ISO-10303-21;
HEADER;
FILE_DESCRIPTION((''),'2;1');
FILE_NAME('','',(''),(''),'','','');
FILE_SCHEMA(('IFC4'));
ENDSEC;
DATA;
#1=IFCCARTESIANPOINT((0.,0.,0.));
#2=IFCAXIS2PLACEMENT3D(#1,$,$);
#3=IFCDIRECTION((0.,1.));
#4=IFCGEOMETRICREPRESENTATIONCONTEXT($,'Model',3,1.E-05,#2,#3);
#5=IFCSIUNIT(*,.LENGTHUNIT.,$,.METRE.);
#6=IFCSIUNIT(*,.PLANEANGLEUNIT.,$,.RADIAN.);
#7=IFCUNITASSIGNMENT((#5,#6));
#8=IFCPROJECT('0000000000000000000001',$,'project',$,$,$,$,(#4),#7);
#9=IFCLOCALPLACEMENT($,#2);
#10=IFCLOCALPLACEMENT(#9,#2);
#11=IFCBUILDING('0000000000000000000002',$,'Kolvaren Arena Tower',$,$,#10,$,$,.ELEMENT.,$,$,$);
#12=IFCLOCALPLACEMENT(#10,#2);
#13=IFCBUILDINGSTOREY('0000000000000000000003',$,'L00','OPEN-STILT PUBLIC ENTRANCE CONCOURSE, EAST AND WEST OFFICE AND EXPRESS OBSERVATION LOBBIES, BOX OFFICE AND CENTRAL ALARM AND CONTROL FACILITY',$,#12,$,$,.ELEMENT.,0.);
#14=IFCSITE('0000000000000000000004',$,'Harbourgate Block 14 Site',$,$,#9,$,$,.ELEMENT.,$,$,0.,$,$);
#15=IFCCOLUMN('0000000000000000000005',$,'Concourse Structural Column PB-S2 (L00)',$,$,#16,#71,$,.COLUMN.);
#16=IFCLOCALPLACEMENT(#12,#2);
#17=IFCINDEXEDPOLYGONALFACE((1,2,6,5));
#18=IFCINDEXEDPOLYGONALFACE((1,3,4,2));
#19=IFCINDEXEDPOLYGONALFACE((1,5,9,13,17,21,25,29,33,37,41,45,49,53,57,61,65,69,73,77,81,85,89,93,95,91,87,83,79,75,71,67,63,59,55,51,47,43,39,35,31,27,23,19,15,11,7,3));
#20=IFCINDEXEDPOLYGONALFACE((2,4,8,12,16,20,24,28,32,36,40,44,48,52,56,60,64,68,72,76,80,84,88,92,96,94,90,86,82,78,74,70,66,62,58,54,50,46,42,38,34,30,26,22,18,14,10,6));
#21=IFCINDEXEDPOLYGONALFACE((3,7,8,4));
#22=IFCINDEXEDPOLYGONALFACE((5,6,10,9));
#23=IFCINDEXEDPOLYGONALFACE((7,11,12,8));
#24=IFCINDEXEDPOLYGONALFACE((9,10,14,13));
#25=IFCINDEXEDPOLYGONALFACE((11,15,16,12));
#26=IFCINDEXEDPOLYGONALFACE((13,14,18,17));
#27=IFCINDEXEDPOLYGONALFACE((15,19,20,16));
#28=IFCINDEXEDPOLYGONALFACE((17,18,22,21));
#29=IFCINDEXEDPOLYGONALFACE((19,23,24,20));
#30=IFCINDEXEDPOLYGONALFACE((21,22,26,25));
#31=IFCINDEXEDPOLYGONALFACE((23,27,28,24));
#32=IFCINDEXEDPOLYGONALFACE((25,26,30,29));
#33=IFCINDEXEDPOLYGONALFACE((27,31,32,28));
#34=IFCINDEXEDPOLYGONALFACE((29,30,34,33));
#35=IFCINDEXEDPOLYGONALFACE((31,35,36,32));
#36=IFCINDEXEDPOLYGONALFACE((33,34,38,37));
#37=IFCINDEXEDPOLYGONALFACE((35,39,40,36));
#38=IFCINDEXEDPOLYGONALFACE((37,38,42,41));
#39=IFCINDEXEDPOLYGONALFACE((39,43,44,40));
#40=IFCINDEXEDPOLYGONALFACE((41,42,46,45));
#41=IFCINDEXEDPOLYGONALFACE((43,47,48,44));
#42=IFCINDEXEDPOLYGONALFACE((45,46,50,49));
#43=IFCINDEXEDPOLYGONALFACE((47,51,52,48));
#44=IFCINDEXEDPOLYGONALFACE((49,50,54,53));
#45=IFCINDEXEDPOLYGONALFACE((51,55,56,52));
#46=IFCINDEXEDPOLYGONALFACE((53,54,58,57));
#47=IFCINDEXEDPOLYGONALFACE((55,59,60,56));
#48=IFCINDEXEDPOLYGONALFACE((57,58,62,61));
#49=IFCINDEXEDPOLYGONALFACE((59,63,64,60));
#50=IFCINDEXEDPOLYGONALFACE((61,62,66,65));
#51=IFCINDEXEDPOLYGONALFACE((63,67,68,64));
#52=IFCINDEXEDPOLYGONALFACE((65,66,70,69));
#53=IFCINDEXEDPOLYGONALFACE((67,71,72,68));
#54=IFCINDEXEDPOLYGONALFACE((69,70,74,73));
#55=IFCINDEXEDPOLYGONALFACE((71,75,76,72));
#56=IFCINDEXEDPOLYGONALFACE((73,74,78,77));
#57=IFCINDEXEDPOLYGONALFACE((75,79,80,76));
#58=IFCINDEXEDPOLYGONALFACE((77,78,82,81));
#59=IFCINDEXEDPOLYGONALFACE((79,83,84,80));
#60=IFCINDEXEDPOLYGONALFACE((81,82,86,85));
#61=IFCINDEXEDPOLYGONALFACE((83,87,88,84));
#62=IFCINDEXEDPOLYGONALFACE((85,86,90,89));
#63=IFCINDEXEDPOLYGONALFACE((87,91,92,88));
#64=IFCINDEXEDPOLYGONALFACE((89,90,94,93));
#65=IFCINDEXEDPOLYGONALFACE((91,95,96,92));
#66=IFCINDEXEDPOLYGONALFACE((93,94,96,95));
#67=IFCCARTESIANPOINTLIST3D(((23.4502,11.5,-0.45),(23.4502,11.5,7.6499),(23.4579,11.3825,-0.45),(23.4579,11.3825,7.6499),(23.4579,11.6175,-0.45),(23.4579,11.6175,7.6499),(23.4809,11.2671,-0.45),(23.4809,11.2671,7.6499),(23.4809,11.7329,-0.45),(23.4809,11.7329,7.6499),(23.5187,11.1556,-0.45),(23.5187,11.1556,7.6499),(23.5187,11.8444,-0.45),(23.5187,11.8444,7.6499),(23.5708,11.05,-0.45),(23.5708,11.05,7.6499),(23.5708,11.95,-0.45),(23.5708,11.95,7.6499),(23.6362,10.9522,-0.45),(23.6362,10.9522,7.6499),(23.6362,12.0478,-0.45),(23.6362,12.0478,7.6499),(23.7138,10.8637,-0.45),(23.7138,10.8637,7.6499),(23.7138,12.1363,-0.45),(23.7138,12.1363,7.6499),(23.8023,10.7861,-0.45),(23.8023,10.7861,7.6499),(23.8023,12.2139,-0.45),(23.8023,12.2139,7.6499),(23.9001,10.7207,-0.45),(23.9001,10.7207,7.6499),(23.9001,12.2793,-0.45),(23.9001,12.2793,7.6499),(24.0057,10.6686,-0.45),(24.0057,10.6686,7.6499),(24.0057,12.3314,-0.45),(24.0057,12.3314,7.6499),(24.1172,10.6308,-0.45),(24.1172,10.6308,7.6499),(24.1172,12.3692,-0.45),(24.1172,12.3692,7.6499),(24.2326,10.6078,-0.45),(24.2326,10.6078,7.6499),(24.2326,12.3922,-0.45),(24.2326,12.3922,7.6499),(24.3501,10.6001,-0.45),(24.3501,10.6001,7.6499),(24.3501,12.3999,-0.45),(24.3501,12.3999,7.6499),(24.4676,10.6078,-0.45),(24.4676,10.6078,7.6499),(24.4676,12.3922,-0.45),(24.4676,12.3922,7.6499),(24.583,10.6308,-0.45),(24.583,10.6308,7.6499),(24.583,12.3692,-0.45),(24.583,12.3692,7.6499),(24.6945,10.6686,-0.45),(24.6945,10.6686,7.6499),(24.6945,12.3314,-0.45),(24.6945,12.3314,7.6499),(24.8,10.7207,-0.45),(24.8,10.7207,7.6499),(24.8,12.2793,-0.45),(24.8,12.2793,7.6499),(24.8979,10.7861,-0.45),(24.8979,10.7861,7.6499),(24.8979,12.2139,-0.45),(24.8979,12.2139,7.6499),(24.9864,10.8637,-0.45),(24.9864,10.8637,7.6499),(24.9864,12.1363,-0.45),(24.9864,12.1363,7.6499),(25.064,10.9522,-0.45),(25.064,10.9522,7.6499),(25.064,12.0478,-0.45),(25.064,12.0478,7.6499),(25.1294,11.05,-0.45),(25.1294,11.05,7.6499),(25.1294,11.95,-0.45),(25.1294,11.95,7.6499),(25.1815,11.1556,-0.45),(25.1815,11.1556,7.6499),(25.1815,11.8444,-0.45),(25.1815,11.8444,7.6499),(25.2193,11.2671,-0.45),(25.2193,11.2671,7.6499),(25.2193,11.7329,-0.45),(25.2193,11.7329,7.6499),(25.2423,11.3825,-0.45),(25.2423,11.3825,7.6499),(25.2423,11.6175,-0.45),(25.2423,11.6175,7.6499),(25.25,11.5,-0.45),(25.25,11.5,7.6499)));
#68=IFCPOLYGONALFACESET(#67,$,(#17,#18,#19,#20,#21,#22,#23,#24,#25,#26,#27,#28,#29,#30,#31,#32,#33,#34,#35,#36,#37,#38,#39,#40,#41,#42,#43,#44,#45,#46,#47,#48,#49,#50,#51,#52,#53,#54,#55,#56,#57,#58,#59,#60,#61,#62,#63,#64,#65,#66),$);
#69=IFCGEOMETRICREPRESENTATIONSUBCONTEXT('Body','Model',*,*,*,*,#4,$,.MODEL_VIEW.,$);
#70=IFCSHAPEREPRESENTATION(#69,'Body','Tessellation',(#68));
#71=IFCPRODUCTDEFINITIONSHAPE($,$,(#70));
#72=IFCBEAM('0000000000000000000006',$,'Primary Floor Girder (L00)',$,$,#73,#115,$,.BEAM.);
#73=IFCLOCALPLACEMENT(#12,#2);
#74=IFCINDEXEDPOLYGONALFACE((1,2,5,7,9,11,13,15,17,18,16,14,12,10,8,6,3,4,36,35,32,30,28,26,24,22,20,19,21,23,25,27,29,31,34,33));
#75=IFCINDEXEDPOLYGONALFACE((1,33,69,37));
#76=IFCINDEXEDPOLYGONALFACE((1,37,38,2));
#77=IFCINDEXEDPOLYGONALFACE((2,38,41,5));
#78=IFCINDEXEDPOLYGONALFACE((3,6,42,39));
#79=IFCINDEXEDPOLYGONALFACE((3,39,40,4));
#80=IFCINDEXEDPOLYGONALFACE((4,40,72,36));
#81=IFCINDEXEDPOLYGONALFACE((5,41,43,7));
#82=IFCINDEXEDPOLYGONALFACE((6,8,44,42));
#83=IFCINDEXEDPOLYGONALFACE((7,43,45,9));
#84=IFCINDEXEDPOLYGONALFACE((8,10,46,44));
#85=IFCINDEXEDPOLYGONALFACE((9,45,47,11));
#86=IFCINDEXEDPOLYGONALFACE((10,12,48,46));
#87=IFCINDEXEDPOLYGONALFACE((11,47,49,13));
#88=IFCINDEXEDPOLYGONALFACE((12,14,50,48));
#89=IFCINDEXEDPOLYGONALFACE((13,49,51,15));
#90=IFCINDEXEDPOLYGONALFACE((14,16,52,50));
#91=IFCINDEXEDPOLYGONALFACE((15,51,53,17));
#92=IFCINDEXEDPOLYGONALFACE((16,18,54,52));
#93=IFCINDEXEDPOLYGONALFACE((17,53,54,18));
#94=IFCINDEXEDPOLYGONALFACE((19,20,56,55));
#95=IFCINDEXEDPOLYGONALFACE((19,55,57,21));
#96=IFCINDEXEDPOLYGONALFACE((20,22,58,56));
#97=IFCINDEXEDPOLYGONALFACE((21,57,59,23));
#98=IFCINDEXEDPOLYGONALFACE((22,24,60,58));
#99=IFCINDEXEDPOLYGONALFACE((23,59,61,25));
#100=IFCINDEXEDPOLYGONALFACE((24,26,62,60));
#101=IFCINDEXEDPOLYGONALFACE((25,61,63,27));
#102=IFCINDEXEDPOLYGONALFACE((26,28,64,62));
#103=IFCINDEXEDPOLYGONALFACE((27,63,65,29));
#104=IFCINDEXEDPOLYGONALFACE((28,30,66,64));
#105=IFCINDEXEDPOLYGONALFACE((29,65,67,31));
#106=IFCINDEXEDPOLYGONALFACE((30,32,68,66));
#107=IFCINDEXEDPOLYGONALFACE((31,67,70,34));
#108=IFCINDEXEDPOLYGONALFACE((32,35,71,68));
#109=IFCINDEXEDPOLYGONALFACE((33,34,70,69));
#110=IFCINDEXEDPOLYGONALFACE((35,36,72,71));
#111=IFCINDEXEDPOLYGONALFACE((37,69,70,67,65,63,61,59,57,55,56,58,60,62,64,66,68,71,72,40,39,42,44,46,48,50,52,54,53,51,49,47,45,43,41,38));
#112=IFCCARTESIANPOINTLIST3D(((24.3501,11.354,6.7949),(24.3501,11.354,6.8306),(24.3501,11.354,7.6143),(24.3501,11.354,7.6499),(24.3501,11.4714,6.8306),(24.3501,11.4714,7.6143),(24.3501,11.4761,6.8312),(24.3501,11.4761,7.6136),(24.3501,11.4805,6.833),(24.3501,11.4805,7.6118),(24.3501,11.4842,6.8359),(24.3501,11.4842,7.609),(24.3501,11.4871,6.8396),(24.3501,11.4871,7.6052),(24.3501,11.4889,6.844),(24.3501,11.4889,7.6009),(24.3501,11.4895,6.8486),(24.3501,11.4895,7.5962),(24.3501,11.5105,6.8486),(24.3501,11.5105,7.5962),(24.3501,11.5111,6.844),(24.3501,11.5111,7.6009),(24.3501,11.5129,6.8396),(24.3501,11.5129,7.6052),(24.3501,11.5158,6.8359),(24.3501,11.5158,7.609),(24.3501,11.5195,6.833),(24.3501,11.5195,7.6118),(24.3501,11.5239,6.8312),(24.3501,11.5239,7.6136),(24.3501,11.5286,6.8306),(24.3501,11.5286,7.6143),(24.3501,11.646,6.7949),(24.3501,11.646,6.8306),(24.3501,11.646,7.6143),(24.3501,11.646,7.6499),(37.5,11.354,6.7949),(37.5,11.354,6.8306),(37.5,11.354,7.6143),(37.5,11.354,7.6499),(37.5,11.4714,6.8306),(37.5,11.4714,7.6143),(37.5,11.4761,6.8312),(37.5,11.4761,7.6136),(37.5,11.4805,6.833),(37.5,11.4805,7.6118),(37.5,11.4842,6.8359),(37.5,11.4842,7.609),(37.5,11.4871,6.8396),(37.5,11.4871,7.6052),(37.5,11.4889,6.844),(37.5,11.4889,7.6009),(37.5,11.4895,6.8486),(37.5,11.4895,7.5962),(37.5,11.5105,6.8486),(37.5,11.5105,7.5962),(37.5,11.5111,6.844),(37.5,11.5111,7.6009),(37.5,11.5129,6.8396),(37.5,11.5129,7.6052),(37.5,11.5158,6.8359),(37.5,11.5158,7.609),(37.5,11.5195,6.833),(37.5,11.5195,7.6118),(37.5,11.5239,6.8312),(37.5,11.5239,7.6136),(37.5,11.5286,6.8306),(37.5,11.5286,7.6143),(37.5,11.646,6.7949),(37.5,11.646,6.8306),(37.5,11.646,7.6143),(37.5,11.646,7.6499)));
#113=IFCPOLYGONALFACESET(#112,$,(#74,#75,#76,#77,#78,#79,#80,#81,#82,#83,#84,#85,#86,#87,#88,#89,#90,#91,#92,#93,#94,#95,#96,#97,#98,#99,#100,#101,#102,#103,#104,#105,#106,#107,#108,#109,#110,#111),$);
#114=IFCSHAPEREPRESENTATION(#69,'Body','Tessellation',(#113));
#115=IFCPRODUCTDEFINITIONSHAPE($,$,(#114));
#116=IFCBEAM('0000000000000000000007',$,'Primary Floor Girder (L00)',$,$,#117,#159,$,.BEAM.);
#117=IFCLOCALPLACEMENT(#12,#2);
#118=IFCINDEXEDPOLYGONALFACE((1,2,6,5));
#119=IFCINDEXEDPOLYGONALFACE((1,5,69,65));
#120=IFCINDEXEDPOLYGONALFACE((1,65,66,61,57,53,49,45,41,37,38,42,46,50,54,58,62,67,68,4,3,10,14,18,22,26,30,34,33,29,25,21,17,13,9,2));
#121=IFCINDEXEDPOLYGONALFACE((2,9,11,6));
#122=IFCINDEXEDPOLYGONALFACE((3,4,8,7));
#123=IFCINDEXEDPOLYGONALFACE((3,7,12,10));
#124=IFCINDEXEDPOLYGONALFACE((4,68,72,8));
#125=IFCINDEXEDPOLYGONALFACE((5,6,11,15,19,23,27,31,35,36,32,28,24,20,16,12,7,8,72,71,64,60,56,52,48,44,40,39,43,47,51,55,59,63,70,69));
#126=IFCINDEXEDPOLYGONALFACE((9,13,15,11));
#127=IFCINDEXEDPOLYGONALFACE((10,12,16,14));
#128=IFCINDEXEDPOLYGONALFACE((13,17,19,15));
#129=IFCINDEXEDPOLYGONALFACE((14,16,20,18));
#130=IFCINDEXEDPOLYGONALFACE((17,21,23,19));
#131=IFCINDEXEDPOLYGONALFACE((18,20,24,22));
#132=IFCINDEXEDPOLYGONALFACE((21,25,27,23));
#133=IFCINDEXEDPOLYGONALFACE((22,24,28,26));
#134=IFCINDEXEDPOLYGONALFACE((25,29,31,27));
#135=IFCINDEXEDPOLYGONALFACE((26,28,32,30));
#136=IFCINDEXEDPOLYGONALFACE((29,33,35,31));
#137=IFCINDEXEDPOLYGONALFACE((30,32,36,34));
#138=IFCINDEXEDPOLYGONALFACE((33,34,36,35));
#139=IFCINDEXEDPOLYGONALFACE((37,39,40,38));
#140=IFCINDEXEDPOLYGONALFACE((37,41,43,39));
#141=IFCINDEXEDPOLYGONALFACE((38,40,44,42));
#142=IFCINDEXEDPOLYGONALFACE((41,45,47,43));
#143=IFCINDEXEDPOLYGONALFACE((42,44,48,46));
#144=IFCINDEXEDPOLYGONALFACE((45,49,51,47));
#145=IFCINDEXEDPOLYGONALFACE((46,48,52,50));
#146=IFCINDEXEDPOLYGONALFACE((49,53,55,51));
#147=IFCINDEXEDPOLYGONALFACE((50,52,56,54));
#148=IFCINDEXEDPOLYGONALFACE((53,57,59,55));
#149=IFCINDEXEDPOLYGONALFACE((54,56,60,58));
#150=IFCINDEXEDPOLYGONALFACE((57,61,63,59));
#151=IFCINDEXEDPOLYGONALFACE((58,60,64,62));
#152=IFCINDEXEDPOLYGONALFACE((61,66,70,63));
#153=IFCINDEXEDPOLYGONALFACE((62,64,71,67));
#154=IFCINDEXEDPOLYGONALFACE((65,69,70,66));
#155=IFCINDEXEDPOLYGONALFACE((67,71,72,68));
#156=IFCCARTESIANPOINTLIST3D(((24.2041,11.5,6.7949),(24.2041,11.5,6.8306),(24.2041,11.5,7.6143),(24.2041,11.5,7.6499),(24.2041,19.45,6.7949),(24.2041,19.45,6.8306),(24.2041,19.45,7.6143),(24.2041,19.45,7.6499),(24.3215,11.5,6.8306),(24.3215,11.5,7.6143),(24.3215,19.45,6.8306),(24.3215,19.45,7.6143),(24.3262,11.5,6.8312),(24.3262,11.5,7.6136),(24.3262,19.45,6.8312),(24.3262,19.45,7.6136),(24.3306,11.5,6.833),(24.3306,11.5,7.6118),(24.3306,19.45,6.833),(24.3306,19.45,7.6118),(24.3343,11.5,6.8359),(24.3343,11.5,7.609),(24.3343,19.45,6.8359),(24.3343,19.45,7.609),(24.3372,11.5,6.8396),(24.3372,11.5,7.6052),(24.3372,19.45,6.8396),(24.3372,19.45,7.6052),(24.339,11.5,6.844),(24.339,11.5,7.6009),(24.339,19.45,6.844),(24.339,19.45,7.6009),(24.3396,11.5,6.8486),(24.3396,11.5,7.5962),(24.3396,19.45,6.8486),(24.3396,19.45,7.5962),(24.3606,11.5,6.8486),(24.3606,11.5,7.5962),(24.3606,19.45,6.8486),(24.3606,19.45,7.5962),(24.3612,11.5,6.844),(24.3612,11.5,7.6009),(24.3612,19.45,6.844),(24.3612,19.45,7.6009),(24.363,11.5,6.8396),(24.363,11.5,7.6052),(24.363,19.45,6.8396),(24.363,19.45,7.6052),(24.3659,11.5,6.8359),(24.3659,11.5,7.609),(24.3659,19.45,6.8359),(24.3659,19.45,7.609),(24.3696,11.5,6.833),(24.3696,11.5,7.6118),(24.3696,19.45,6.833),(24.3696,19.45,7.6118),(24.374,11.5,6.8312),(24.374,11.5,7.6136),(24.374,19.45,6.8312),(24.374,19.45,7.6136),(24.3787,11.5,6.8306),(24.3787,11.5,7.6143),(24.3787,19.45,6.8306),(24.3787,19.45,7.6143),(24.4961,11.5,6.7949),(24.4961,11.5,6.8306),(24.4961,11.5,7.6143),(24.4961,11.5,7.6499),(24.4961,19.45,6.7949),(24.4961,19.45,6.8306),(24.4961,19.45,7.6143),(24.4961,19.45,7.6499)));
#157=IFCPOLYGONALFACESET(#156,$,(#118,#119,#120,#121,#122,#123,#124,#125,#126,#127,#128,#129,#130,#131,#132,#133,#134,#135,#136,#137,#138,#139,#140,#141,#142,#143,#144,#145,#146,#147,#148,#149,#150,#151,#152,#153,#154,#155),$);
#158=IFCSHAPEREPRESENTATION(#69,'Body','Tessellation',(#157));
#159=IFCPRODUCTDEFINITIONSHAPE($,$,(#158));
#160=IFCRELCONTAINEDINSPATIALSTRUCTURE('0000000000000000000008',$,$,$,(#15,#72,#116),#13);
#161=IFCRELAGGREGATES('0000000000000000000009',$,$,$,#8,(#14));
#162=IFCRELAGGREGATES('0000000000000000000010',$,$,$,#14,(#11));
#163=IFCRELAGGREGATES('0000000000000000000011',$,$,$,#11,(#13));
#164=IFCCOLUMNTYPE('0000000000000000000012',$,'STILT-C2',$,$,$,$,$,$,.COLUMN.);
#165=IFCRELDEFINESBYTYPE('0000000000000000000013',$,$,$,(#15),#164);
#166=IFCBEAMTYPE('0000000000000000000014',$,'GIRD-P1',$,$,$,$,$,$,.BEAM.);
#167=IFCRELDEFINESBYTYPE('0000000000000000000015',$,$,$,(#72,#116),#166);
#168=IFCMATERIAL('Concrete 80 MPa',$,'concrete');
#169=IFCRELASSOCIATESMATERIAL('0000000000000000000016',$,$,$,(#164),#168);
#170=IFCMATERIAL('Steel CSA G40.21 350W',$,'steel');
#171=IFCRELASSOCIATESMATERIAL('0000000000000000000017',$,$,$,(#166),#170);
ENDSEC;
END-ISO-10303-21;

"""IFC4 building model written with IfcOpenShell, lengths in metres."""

from ifc_helpers import new_model, si_unit, direction, frame, origin, origin_2d, place, context, subcontext, project, spatial, circle, i_section, extrude, material, material_profile, profile_set, type_object, element, save


model = new_model("IFC4")

# Units and contexts
model_context = context("Model", 3, precision=1e-05, world=origin(), true_north=direction((0.0, 1.0)))
body_context = subcontext(model_context, "Body", "Model", "MODEL_VIEW")
ifc_project = project(units=[si_unit("LENGTHUNIT", "METRE"), si_unit("PLANEANGLEUNIT", "RADIAN")], contexts=[model_context])

# Site, building, storey
site_placement = place(None, origin())
site = spatial("IfcSite", under=ifc_project, at=site_placement, Name="Harbourgate Block 14 Site", CompositionType="ELEMENT", RefElevation=0.0)
building_placement = place(site_placement, origin())
building = spatial("IfcBuilding", under=site, at=building_placement, Name="Kolvaren Arena Tower", CompositionType="ELEMENT")
storey_placement = place(building_placement, origin())
storey = spatial("IfcBuildingStorey", under=building, at=storey_placement, Name="L00", Description="OPEN-STILT PUBLIC ENTRANCE CONCOURSE, EAST AND WEST OFFICE AND EXPRESS OBSERVATION LOBBIES, BOX OFFICE AND CENTRAL ALARM AND CONTROL FACILITY", CompositionType="ELEMENT", Elevation=0.0)

# Column
ifc_material_1 = material(Name="Concrete 80 MPa", Category="concrete")
ifc_material_profile_1 = material_profile(ifc_material_1, circle(Radius=0.8999, at=origin_2d()), Name="RC-CIRC-1800")
ifc_profile_set_1 = profile_set([ifc_material_profile_1], Name="Concrete 80 MPa")
column_type = type_object("IfcColumnType", Name="STILT-C2", PredefinedType="COLUMN", material=ifc_profile_set_1)
column_placement = place(storey_placement, frame((24.3501, 11.5, -0.45), z_axis=(0.0, 0.0, 1.0), x_axis=(1.0, 0.0, 0.0)))
element("IfcColumn", 1, at=column_placement, inside=storey, type_object=column_type, Name="Concourse Structural Column PB-S2 (L00)", PredefinedType="COLUMN", context=body_context, shape_type="SweptSolid", body=[
    extrude(circle(Radius=0.8999, at=origin_2d()), origin(), (0.0, 0.0, 1.0), 8.0999),
])

# Beams
ifc_material_2 = material(Name="Steel CSA G40.21 350W", Category="steel")
ifc_material_profile_2 = material_profile(ifc_material_2, i_section(OverallWidth=0.292, OverallDepth=0.855, WebThickness=0.021, FlangeThickness=0.0356, FilletRadius=0.0181, at=origin_2d()), Name="W840x299")
ifc_profile_set_2 = profile_set([ifc_material_profile_2], Name="Steel CSA G40.21 350W")
beam_type_1 = type_object("IfcBeamType", Name="GIRD-P1", PredefinedType="BEAM", material=ifc_profile_set_2)
beam_1_placement = place(storey_placement, frame((24.3501, 11.5, 7.2224), z_axis=(1.0, 0.0, 0.0), x_axis=(0.0, 1.0, 0.0)))
element("IfcBeam", 2, at=beam_1_placement, inside=storey, type_object=beam_type_1, Name="Primary Floor Girder (L00)", PredefinedType="BEAM", context=body_context, shape_type="SweptSolid", body=[
    extrude(i_section(OverallWidth=0.292, OverallDepth=0.855, WebThickness=0.021, FlangeThickness=0.0356, FilletRadius=0.0181, at=origin_2d()), origin(), (0.0, 0.0, 1.0), 13.1499),
])
beam_2_placement = place(storey_placement, frame((24.3501, 11.5, 7.2224), z_axis=(0.0, 1.0, 0.0), x_axis=(-1.0, 0.0, 0.0)))
element("IfcBeam", 3, at=beam_2_placement, inside=storey, type_object=beam_type_1, Name="Primary Floor Girder (L00)", PredefinedType="BEAM", context=body_context, shape_type="SweptSolid", body=[
    extrude(i_section(OverallWidth=0.292, OverallDepth=0.855, WebThickness=0.021, FlangeThickness=0.0356, FilletRadius=0.0181, at=origin_2d()), origin(), (0.0, 0.0, 1.0), 7.95),
])

save(model, "model.ifc")
